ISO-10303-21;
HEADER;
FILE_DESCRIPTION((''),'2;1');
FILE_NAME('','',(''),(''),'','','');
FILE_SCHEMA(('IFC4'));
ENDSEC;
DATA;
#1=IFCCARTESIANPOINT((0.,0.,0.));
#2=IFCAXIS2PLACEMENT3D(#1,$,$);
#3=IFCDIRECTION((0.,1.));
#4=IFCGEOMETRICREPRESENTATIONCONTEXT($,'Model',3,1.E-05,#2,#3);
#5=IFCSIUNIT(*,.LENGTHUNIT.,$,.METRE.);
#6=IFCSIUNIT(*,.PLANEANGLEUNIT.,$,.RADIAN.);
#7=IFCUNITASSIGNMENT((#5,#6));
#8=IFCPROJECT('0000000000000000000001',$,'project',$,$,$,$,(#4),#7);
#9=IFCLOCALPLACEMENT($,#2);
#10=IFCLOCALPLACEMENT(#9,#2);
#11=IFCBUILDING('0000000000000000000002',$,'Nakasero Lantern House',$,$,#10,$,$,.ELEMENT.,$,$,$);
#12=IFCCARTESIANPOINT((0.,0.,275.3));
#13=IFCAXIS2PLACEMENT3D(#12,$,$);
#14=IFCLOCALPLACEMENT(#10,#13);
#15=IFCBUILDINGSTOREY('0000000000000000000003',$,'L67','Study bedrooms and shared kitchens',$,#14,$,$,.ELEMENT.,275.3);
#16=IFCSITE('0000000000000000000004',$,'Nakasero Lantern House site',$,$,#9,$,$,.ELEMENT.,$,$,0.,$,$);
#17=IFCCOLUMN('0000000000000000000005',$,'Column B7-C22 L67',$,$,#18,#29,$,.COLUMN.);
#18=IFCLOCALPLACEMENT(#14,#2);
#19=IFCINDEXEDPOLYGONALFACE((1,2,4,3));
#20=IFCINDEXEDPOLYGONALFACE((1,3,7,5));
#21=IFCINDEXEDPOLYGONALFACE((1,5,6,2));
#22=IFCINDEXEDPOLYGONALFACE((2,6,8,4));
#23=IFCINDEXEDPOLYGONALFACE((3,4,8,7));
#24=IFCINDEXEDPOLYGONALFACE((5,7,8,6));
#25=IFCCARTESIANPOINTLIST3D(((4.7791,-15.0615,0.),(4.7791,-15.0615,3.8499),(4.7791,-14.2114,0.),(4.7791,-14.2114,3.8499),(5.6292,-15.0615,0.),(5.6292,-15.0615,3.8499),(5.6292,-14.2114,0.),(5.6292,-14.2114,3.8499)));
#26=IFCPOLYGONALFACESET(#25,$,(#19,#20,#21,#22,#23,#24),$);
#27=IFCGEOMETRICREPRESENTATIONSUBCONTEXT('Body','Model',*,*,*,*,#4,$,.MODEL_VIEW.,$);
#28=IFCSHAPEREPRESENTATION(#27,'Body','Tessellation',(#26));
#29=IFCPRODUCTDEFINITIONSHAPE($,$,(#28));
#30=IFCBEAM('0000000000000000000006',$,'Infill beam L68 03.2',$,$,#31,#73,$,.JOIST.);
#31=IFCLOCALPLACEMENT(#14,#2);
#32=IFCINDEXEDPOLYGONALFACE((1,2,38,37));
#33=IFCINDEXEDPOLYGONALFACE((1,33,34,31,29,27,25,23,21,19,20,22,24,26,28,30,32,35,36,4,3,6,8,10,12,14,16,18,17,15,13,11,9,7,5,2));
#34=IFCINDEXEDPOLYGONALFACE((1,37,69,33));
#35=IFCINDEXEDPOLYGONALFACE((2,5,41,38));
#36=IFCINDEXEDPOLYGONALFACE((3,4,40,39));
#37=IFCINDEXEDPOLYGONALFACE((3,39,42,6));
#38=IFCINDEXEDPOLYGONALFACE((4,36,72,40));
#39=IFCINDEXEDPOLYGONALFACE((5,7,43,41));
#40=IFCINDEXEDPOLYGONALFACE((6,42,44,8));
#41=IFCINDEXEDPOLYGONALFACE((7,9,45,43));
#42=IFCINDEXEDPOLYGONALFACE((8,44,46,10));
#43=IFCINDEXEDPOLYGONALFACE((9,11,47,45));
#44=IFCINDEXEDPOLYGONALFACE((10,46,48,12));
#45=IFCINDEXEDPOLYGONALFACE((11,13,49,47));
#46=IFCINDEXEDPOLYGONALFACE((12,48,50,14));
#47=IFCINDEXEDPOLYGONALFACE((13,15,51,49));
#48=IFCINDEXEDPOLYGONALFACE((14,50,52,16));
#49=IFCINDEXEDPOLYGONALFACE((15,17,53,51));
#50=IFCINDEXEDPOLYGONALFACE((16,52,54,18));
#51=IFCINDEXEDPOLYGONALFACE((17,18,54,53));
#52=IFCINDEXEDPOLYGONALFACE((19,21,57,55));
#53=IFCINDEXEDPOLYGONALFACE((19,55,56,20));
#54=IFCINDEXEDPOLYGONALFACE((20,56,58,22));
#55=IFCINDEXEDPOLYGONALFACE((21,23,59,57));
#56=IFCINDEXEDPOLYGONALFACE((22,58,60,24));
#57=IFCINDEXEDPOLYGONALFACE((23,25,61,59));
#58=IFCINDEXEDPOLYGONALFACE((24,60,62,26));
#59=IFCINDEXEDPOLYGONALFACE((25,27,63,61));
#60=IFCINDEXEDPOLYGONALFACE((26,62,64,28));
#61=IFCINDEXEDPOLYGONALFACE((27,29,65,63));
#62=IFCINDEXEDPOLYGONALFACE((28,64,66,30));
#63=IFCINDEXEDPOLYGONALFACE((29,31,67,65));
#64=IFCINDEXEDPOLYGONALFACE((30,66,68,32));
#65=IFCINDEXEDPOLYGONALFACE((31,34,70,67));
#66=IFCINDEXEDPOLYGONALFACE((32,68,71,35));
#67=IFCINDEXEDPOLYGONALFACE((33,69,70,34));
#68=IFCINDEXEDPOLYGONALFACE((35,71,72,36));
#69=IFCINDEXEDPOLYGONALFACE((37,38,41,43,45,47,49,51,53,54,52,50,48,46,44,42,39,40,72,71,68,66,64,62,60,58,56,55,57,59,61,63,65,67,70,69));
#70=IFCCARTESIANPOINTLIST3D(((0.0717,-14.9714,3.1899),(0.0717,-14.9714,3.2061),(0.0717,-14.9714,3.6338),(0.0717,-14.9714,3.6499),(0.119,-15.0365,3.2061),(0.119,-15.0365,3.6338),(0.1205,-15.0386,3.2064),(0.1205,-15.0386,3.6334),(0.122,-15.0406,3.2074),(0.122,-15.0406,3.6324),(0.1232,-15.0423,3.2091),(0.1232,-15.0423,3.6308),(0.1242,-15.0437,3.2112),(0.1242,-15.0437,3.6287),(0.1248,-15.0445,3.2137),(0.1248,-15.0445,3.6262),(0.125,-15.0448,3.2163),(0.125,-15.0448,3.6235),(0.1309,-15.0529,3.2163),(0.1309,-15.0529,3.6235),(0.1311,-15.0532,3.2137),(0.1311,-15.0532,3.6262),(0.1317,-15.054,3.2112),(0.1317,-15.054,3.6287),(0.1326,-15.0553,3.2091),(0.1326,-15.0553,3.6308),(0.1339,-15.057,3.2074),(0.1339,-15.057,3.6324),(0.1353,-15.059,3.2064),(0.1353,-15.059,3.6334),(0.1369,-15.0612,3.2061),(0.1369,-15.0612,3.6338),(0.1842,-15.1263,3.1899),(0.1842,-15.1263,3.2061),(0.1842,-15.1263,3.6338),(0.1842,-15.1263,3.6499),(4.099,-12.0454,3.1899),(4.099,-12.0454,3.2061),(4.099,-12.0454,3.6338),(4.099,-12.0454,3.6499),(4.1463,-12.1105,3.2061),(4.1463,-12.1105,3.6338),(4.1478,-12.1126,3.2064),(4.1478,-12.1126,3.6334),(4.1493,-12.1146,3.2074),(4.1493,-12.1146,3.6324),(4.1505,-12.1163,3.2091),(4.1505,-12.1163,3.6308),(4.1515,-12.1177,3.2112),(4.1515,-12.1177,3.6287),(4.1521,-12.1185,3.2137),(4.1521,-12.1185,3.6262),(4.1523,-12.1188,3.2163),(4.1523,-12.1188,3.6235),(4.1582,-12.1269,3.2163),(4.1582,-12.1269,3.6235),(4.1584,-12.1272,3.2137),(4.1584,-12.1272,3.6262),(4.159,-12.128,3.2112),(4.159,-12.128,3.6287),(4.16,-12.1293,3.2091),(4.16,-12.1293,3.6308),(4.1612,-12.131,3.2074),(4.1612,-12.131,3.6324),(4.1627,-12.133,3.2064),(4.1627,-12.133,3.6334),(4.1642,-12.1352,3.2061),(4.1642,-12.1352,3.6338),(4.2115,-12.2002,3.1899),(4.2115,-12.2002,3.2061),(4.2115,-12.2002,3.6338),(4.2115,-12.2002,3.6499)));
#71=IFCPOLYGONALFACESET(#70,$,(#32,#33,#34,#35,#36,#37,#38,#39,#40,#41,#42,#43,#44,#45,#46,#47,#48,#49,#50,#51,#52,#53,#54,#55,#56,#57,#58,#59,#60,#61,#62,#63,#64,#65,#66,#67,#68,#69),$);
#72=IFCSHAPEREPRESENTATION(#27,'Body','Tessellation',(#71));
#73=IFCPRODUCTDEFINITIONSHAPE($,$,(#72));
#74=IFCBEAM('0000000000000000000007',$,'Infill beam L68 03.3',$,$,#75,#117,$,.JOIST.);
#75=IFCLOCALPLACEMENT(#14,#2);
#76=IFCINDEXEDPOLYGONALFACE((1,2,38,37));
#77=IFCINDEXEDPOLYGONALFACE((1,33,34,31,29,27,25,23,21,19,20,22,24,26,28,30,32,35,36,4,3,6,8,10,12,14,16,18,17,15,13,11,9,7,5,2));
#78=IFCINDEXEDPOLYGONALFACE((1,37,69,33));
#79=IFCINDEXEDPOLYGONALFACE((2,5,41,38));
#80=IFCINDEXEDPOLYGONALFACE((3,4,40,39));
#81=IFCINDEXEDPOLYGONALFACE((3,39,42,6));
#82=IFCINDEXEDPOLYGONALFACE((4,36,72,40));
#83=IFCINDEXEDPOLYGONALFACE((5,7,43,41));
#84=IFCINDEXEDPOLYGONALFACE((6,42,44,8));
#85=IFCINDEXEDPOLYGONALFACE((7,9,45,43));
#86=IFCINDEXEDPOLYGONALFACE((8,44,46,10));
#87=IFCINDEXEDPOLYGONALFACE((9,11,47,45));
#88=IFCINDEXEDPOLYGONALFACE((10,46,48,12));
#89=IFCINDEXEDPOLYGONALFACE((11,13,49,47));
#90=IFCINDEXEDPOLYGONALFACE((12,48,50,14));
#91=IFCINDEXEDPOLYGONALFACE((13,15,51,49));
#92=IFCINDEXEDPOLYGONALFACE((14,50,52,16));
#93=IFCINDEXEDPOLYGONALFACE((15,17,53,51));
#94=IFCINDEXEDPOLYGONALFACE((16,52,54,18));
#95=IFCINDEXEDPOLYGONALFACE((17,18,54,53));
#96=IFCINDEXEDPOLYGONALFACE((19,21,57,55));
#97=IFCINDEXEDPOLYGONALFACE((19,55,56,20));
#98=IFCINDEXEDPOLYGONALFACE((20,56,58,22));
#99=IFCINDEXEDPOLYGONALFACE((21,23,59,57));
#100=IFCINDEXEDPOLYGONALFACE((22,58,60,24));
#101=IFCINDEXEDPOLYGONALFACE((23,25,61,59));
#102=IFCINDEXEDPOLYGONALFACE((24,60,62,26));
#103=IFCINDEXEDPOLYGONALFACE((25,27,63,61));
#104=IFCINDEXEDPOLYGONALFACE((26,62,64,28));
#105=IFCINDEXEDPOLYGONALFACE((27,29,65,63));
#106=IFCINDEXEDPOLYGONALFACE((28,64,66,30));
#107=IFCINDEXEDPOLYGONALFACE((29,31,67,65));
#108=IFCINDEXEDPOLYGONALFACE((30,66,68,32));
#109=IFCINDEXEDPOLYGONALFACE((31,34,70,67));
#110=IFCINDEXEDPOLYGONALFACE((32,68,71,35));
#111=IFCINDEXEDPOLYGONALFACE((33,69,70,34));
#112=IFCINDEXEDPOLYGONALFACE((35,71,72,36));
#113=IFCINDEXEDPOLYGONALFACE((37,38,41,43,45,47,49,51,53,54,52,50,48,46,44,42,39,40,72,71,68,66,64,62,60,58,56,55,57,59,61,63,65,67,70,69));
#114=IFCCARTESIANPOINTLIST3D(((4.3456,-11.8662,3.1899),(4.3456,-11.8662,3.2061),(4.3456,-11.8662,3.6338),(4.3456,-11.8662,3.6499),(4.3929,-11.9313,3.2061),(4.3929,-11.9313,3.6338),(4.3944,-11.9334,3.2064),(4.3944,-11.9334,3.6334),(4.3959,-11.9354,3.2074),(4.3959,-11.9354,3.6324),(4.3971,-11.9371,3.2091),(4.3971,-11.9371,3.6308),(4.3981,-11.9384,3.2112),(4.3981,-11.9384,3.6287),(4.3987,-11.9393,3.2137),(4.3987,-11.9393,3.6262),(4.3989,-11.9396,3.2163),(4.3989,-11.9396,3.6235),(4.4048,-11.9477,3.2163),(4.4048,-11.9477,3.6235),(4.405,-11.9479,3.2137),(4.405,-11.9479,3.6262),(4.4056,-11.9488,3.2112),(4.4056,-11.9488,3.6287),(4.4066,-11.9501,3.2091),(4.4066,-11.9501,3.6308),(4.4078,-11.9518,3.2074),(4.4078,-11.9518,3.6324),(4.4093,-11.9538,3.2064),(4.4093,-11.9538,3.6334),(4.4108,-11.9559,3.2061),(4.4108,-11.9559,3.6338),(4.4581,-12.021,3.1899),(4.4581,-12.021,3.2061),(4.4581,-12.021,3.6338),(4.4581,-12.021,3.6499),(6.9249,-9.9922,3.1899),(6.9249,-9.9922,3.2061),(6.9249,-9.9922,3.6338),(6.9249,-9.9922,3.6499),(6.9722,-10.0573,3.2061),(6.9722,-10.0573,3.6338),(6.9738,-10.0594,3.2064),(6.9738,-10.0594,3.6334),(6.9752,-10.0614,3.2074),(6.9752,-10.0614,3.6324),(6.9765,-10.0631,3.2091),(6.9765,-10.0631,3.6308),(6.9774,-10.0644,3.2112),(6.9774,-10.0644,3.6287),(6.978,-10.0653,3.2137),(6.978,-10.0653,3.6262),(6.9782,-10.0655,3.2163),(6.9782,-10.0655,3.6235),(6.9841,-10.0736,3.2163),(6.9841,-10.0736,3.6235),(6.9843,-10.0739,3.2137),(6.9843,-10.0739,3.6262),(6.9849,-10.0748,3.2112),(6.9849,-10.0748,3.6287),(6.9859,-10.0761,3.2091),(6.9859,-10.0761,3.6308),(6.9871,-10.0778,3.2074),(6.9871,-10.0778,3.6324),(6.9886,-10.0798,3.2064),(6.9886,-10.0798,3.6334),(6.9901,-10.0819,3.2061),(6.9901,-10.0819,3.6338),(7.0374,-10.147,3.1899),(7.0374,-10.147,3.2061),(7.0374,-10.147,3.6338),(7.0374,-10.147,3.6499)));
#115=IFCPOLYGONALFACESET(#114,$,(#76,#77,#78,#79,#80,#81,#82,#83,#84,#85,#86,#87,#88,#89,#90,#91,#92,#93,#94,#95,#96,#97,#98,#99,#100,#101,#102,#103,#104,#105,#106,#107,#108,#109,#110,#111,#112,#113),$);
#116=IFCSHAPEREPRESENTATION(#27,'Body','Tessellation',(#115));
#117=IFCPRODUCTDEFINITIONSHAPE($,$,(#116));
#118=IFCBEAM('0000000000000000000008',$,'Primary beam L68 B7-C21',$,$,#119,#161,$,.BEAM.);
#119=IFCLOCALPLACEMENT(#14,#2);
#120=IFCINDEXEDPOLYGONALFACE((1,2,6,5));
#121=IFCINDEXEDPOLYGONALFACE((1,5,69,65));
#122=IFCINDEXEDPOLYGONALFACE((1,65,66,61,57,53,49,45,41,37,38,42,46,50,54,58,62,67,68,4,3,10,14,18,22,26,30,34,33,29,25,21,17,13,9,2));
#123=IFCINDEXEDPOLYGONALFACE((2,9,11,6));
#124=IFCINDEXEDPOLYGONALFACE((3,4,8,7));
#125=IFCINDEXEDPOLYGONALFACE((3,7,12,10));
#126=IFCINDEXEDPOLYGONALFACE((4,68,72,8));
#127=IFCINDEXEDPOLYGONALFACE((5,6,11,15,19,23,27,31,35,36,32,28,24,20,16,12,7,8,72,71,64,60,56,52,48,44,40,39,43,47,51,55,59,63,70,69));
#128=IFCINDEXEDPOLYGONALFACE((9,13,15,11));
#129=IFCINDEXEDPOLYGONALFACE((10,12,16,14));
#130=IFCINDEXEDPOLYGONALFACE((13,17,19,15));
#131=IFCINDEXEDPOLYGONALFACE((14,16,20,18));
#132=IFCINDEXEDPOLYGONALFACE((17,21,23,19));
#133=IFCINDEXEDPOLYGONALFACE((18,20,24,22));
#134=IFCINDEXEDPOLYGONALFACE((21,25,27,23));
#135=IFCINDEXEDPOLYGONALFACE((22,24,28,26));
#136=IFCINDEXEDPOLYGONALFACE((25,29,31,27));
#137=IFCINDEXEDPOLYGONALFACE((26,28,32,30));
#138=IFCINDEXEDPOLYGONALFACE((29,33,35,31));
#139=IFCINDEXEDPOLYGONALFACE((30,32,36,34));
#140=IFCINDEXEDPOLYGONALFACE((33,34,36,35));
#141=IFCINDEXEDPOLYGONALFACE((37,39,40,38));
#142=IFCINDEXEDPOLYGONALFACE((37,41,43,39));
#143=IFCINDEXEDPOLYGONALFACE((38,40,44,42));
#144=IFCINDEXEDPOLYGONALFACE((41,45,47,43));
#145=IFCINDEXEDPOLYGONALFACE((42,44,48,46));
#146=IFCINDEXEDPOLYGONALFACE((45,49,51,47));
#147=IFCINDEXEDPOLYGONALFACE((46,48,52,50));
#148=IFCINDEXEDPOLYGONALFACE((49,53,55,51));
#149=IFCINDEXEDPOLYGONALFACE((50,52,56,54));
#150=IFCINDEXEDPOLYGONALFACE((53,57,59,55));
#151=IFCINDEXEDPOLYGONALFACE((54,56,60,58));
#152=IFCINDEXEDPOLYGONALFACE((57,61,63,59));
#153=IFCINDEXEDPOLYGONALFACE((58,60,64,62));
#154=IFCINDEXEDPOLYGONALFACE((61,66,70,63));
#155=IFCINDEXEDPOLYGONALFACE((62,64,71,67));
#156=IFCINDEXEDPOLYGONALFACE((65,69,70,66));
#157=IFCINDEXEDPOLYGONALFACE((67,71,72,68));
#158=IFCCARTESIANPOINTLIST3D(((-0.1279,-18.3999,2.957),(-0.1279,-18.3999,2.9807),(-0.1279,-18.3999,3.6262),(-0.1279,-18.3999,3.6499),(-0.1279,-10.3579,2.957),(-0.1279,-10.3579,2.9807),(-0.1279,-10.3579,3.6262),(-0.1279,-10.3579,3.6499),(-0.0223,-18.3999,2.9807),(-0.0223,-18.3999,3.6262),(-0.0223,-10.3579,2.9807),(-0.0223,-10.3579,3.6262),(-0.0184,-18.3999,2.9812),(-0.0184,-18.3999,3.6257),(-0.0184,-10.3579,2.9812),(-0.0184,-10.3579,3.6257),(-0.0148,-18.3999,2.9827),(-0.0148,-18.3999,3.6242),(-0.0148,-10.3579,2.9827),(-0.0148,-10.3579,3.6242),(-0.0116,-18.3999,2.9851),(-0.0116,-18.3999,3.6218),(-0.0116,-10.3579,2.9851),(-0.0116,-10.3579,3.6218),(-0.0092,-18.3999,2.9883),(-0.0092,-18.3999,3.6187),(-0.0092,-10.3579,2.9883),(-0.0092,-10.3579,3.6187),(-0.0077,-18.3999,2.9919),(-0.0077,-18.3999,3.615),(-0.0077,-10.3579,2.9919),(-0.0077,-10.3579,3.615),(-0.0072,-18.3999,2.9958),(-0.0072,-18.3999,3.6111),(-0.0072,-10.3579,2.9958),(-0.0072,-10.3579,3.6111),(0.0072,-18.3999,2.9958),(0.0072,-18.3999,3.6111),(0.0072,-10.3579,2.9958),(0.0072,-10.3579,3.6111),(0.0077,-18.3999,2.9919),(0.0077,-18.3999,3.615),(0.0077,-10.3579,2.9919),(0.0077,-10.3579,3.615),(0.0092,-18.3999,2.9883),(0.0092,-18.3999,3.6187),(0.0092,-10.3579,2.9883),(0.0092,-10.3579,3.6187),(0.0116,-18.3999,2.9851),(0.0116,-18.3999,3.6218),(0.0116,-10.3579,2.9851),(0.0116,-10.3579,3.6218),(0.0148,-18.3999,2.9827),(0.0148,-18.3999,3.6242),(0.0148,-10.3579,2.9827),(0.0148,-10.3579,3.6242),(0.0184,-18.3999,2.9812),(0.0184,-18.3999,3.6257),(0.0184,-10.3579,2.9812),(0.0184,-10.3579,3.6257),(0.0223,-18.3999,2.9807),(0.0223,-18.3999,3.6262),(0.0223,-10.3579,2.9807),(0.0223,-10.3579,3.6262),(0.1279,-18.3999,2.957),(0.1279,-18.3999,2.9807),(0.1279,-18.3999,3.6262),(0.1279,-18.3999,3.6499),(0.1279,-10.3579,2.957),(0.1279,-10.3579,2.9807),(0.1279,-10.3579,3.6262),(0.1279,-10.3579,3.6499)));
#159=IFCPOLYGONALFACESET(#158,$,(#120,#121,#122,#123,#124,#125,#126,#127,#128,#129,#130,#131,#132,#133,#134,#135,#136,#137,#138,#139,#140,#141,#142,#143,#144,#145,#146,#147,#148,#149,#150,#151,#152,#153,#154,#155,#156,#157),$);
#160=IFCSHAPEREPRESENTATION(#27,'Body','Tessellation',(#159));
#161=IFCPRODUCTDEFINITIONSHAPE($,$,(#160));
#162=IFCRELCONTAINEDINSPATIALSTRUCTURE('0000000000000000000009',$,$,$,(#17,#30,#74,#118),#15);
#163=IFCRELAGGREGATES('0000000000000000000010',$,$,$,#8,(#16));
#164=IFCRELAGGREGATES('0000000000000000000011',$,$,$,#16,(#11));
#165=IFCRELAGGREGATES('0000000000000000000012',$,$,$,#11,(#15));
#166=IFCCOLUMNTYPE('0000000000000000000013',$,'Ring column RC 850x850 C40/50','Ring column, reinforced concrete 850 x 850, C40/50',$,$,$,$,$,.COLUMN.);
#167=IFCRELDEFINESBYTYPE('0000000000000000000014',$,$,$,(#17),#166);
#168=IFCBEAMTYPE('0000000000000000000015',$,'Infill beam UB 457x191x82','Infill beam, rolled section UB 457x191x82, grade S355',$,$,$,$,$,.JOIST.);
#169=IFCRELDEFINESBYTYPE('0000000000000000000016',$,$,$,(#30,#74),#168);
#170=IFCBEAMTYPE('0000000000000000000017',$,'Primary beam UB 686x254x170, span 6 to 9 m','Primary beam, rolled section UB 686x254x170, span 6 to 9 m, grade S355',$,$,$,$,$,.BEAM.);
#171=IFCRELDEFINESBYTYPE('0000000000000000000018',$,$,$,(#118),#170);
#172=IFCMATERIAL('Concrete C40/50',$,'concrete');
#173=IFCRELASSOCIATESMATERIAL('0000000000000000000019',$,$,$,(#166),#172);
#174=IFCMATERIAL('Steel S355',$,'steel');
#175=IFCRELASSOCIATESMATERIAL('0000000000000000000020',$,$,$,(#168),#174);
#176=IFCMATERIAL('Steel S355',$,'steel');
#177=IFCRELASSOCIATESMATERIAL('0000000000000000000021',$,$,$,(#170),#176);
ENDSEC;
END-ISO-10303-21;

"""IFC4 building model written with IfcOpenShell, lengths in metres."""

from ifc_helpers import new_model, si_unit, direction, frame, origin, origin_2d, place, context, subcontext, project, spatial, rectangle, i_section, extrude, material, material_profile, profile_set, type_object, element, save


model = new_model("IFC4")

# Units and contexts
model_context = context("Model", 3, precision=1e-05, world=origin(), true_north=direction((0.0, 1.0)))
body_context = subcontext(model_context, "Body", "Model", "MODEL_VIEW")
ifc_project = project(units=[si_unit("LENGTHUNIT", "METRE"), si_unit("PLANEANGLEUNIT", "RADIAN")], contexts=[model_context])

# Site, building, storey
site_placement = place(None, origin())
site = spatial("IfcSite", under=ifc_project, at=site_placement, Name="Nakasero Lantern House site", CompositionType="ELEMENT", RefElevation=0.0)
building_placement = place(site_placement, origin())
building = spatial("IfcBuilding", under=site, at=building_placement, Name="Nakasero Lantern House", CompositionType="ELEMENT")
storey_placement = place(building_placement, frame((0.0, 0.0, 275.3)))
storey = spatial("IfcBuildingStorey", under=building, at=storey_placement, Name="L67", Description="Study bedrooms and shared kitchens", CompositionType="ELEMENT", Elevation=275.3)

# Column
ifc_material_1 = material(Name="Concrete C40/50", Category="concrete")
ifc_material_profile_1 = material_profile(ifc_material_1, rectangle(XDim=0.8501, YDim=0.8501, at=origin_2d()), Name="RC 850x850")
ifc_profile_set_1 = profile_set([ifc_material_profile_1], Name="Concrete C40/50")
column_type = type_object("IfcColumnType", Name="Ring column RC 850x850 C40/50", Description="Ring column, reinforced concrete 850 x 850, C40/50", PredefinedType="COLUMN", material=ifc_profile_set_1)
column_placement = place(storey_placement, frame((5.2041, -14.6365, 0.0), z_axis=(0.0, 0.0, 1.0), x_axis=(1.0, 0.0, 0.0)))
element("IfcColumn", 1, at=column_placement, inside=storey, type_object=column_type, Name="Column B7-C22 L67", PredefinedType="COLUMN", context=body_context, shape_type="SweptSolid", body=[
    extrude(rectangle(XDim=0.8501, YDim=0.8501, at=origin_2d()), origin(), (0.0, 0.0, 1.0), 3.8499),
])

# Beams
ifc_material_2 = material(Name="Steel S355", Category="steel")
ifc_material_profile_2 = material_profile(ifc_material_2, i_section(OverallWidth=0.1914, OverallDepth=0.46, WebThickness=0.01, FlangeThickness=0.0161, FilletRadius=0.0103, at=origin_2d()), Name="UB 457x191x82")
ifc_profile_set_2 = profile_set([ifc_material_profile_2], Name="Steel S355")
beam_type_1 = type_object("IfcBeamType", Name="Infill beam UB 457x191x82", Description="Infill beam, rolled section UB 457x191x82, grade S355", PredefinedType="JOIST", material=ifc_profile_set_2)
beam_1_placement = place(storey_placement, frame((0.1279, -15.0488, 3.4199), z_axis=(0.809018, 0.587784, 0.0), x_axis=(-0.587784, 0.809018, 0.0)))
element("IfcBeam", 2, at=beam_1_placement, inside=storey, type_object=beam_type_1, Name="Infill beam L68 03.2", PredefinedType="JOIST", context=body_context, shape_type="SweptSolid", body=[
    extrude(i_section(OverallWidth=0.1914, OverallDepth=0.46, WebThickness=0.01, FlangeThickness=0.0161, FilletRadius=0.0103, at=origin_2d()), origin(), (0.0, 0.0, 1.0), 4.978),
])
beam_2_placement = place(storey_placement, frame((4.4019, -11.9436, 3.4199), z_axis=(0.809014, 0.587789, 0.0), x_axis=(-0.587789, 0.809014, 0.0)))
element("IfcBeam", 3, at=beam_2_placement, inside=storey, type_object=beam_type_1, Name="Infill beam L68 03.3", PredefinedType="JOIST", context=body_context, shape_type="SweptSolid", body=[
    extrude(i_section(OverallWidth=0.1914, OverallDepth=0.46, WebThickness=0.01, FlangeThickness=0.0161, FilletRadius=0.0103, at=origin_2d()), origin(), (0.0, 0.0, 1.0), 3.1882),
])
ifc_material_3 = material(Name="Steel S355", Category="steel")
ifc_material_profile_3 = material_profile(ifc_material_3, i_section(OverallWidth=0.2559, OverallDepth=0.6929, WebThickness=0.0144, FlangeThickness=0.0237, FilletRadius=0.0151, at=origin_2d()), Name="UB 686x254x170")
ifc_profile_set_3 = profile_set([ifc_material_profile_3], Name="Steel S355")
beam_type_2 = type_object("IfcBeamType", Name="Primary beam UB 686x254x170, span 6 to 9 m", Description="Primary beam, rolled section UB 686x254x170, span 6 to 9 m, grade S355", PredefinedType="BEAM", material=ifc_profile_set_3)
beam_3_placement = place(storey_placement, frame((0.0, -18.3999, 3.3035), z_axis=(0.0, 1.0, 0.0), x_axis=(-1.0, 0.0, 0.0)))
element("IfcBeam", 4, at=beam_3_placement, inside=storey, type_object=beam_type_2, Name="Primary beam L68 B7-C21", PredefinedType="BEAM", context=body_context, shape_type="SweptSolid", body=[
    extrude(i_section(OverallWidth=0.2559, OverallDepth=0.6929, WebThickness=0.0144, FlangeThickness=0.0237, FilletRadius=0.0151, at=origin_2d()), origin(), (0.0, 0.0, 1.0), 8.042),
])

save(model, "model.ifc")
